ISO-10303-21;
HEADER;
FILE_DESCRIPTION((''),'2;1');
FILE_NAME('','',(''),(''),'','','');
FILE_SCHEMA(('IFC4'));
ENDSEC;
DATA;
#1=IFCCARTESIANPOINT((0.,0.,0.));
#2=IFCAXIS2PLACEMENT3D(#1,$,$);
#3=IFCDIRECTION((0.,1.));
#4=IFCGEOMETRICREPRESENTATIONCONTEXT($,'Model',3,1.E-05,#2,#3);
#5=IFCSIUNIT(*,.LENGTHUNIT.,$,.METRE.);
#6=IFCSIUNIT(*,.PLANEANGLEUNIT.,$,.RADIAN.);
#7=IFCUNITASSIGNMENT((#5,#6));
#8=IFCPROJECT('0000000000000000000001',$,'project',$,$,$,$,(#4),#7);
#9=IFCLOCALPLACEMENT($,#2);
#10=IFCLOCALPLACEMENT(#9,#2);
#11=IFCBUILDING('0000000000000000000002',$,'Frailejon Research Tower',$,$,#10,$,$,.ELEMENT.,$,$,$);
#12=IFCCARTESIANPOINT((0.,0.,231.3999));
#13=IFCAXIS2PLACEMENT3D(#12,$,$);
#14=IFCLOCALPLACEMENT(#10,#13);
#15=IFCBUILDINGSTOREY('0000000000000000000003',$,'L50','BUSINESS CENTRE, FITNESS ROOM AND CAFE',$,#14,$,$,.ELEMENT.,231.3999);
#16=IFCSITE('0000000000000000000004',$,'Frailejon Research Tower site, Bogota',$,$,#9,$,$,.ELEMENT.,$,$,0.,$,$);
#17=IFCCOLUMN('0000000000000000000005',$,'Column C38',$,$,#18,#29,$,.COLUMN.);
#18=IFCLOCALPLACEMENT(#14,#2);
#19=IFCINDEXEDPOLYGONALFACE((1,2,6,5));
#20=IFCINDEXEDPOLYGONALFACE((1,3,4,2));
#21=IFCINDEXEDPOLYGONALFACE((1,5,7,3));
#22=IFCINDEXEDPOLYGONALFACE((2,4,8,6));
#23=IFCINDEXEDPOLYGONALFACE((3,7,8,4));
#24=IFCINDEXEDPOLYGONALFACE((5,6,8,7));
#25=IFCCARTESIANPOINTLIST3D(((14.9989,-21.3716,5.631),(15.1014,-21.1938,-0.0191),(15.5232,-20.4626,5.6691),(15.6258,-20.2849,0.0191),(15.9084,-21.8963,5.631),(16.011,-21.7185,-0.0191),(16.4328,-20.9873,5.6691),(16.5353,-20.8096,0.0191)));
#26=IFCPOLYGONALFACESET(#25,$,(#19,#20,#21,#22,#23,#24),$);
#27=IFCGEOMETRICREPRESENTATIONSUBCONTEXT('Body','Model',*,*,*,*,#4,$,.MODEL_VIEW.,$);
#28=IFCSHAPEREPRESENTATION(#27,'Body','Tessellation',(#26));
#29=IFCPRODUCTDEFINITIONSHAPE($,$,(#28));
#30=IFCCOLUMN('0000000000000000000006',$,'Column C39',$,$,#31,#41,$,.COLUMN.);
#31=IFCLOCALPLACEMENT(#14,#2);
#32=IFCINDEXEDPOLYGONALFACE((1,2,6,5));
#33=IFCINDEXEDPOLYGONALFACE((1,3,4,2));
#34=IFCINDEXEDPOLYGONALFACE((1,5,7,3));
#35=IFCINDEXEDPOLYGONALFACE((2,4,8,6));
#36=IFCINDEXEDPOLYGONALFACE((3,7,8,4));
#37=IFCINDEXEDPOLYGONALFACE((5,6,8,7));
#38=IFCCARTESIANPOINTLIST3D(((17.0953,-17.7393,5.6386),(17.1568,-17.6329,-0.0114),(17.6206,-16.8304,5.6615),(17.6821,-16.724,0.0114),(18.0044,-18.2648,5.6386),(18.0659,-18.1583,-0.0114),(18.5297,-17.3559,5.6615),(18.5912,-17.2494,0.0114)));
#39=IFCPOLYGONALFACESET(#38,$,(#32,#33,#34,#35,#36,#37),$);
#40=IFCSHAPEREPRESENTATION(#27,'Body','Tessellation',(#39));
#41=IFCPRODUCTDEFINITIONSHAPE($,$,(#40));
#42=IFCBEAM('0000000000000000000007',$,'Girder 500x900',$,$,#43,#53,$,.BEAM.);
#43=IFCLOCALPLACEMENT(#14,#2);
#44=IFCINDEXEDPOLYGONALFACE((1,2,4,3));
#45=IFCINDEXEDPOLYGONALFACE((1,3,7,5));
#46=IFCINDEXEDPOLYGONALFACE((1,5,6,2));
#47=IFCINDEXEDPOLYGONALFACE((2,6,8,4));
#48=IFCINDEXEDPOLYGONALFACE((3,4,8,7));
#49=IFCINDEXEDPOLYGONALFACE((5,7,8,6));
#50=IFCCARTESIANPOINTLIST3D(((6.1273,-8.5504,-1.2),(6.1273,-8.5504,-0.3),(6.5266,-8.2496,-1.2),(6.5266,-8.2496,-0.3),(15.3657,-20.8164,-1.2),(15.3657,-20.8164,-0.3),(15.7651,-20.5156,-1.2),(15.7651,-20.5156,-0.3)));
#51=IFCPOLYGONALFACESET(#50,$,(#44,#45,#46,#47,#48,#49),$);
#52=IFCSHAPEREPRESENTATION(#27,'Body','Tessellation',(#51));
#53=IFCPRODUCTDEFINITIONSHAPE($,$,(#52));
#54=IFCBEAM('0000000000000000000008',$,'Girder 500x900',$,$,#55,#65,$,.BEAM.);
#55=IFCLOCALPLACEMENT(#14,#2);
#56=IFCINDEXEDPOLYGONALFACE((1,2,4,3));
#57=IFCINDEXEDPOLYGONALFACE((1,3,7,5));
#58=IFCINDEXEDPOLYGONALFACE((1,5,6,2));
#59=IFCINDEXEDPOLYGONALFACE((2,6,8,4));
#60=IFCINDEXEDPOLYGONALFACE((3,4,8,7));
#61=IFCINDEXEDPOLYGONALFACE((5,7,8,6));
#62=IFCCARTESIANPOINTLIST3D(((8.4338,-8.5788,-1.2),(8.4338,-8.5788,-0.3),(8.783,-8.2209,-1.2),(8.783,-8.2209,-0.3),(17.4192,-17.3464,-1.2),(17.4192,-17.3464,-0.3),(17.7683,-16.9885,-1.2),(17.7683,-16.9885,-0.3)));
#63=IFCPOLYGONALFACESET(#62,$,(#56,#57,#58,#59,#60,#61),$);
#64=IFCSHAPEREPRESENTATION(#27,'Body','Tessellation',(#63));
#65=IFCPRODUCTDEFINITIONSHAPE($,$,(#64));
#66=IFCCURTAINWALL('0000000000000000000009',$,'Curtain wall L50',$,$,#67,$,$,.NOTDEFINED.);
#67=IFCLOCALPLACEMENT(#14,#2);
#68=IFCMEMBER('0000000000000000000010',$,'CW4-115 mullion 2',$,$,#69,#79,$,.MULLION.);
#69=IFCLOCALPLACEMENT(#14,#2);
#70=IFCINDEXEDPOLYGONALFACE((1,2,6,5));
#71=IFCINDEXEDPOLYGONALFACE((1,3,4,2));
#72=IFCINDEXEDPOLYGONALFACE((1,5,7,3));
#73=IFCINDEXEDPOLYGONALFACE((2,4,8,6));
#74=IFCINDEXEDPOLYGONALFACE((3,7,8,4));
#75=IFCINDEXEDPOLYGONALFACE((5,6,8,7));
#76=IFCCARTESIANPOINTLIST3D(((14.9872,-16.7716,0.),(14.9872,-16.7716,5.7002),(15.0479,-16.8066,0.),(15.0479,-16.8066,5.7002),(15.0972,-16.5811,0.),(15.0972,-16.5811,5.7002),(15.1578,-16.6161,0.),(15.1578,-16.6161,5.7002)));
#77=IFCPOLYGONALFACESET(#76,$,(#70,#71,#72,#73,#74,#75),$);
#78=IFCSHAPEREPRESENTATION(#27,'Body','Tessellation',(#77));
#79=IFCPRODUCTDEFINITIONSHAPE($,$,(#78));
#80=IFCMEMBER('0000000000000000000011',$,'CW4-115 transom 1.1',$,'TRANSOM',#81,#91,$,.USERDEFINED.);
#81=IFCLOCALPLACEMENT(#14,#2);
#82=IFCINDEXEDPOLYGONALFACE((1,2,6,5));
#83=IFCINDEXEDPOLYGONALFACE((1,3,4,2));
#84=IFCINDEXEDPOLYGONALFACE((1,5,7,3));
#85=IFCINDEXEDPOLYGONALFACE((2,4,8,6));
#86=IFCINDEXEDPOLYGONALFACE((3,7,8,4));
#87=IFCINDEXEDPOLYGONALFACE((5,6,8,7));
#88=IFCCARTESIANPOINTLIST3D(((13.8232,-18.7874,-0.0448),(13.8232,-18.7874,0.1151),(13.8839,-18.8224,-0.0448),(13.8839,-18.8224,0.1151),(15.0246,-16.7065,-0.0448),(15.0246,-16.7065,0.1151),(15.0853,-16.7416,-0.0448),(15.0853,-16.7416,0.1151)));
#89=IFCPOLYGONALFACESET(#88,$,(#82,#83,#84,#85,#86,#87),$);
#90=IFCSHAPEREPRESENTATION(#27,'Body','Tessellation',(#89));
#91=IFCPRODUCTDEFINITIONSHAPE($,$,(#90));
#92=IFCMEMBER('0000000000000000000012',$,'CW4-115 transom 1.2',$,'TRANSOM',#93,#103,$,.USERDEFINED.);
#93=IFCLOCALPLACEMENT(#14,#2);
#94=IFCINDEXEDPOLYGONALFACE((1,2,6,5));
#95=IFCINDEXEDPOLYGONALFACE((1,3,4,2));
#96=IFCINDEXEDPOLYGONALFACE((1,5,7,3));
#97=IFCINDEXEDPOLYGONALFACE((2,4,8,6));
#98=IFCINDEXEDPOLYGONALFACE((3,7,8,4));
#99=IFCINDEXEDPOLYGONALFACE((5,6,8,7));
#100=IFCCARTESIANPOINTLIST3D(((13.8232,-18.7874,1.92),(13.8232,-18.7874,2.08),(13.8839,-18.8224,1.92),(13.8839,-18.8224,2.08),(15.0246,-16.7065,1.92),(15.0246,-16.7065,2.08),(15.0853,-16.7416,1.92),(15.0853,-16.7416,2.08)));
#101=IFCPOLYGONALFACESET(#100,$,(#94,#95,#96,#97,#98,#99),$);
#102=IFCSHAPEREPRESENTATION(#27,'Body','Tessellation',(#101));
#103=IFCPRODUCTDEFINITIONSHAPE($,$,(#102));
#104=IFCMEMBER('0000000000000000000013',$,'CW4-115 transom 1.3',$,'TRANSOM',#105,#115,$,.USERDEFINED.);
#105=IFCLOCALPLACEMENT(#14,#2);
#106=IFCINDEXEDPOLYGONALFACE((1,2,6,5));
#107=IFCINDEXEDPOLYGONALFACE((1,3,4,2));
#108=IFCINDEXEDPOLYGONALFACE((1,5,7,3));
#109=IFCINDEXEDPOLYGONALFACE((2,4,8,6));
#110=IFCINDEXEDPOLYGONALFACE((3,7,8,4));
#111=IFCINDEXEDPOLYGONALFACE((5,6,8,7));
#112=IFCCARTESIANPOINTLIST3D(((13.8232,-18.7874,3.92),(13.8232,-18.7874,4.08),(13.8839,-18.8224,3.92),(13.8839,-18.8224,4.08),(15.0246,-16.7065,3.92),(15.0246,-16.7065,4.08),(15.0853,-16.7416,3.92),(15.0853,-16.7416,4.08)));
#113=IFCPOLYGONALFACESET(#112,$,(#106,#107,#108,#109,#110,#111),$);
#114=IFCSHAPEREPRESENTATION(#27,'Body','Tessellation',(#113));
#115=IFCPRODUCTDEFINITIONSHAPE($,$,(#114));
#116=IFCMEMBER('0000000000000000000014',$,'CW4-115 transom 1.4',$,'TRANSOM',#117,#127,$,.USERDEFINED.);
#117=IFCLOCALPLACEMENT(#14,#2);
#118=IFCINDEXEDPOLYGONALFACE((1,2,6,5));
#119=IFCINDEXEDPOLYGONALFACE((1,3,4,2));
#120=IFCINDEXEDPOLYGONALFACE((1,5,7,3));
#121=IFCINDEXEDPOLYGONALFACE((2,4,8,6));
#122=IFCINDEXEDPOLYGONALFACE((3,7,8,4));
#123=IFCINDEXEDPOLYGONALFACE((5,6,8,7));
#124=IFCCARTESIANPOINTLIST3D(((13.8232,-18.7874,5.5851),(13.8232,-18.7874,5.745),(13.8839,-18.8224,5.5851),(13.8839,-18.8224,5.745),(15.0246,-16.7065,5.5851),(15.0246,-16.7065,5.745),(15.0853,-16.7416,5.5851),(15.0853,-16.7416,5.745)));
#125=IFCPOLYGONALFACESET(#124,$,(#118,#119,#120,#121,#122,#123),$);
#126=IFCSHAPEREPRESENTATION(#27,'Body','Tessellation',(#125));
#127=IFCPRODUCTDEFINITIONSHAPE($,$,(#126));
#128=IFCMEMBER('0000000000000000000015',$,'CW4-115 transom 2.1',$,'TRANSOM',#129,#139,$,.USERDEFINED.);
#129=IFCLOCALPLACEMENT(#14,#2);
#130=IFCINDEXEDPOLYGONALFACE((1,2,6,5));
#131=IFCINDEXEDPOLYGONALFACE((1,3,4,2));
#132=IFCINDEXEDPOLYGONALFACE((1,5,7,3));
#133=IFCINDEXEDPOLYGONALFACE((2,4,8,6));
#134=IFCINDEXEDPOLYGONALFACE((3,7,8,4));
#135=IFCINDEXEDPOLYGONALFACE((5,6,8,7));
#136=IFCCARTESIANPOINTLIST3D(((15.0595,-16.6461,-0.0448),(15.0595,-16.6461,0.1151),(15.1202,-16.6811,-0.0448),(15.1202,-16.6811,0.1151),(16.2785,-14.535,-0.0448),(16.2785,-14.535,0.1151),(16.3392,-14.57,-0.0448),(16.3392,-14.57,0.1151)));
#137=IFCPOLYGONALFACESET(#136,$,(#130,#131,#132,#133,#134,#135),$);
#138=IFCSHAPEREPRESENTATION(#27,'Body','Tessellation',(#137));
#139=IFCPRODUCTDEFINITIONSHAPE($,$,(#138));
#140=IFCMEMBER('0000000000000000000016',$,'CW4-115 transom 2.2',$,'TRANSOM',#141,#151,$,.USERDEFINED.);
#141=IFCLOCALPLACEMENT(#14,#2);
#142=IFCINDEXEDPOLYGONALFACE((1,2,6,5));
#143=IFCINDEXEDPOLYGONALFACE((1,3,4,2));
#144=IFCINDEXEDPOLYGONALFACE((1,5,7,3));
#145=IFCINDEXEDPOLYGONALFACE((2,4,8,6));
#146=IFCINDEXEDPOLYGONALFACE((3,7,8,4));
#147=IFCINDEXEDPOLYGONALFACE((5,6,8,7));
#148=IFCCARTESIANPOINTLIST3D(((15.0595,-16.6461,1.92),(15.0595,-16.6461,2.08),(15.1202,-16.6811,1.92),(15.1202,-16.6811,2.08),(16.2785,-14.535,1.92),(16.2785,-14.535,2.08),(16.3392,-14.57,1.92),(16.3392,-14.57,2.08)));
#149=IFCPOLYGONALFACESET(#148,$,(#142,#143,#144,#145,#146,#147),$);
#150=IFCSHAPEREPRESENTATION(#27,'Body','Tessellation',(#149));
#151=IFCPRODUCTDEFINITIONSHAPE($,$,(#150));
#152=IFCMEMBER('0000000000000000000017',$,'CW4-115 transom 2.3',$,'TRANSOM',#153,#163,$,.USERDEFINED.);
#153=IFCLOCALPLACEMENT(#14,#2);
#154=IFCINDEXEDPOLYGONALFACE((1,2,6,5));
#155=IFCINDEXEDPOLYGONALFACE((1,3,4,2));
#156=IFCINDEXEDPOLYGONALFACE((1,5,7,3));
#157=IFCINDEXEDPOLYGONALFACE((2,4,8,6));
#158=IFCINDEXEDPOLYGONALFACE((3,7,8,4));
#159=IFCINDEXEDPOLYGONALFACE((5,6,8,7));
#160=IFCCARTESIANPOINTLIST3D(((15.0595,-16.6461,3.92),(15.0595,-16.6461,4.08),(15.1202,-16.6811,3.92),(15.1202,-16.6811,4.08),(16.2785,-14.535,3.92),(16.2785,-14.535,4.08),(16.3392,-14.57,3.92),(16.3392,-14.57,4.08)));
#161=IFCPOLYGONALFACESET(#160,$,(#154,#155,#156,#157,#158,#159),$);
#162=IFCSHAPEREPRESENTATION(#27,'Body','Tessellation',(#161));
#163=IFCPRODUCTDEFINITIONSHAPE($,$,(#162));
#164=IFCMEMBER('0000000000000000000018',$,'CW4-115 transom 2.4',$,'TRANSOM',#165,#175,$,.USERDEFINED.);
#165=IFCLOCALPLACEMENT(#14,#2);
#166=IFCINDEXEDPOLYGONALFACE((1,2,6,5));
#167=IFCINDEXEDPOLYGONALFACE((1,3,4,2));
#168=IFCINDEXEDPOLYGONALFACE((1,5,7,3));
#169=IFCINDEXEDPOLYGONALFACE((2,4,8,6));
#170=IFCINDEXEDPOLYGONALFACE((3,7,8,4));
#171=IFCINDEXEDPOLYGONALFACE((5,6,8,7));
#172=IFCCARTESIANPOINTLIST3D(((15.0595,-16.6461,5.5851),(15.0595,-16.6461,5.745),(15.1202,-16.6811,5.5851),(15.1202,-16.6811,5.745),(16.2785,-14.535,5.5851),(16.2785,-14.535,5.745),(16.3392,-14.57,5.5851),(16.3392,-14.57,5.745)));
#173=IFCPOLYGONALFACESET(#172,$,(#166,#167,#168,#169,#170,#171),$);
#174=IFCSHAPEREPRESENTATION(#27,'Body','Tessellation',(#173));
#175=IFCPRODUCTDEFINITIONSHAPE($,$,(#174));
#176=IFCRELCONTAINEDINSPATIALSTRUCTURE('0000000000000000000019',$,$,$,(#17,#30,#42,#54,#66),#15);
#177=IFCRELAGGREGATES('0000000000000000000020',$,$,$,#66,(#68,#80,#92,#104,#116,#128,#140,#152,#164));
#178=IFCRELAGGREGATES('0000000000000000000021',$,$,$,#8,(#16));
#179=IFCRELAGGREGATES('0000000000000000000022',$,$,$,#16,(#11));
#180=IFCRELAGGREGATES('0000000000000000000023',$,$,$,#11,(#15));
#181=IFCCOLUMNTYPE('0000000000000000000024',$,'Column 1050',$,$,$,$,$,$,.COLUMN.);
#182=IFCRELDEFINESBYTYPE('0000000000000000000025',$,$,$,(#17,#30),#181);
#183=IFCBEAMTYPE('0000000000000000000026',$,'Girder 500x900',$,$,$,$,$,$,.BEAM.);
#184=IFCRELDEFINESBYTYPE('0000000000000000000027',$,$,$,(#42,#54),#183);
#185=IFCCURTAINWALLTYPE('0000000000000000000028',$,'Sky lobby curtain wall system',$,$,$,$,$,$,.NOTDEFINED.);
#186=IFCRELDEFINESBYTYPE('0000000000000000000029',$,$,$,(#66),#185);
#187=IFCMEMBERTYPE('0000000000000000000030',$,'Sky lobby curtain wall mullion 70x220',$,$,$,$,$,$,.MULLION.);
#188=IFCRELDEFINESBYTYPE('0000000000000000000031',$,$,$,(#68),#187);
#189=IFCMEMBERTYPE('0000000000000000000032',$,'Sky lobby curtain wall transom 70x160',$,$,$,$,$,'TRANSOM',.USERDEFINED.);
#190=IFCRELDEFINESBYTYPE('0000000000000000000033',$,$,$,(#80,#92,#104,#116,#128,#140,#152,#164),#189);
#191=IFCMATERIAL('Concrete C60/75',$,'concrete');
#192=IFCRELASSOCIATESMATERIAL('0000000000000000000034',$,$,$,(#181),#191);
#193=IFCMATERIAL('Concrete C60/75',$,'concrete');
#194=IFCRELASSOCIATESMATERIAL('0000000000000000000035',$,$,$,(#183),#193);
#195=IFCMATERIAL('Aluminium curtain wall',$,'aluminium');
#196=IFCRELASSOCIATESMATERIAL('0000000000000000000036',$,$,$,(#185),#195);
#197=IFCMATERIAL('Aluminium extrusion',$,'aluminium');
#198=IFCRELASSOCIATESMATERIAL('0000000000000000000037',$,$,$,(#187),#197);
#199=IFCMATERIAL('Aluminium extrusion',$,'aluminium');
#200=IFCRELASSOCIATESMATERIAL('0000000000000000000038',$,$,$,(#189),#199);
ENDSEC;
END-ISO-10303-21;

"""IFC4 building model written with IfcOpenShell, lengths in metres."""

from ifc_helpers import new_model, si_unit, direction, frame, origin, origin_2d, place, context, subcontext, project, spatial, rectangle, extrude, material, material_profile, profile_set, type_object, element, aggregate, save


model = new_model("IFC4")

# Units and contexts
model_context = context("Model", 3, precision=1e-05, world=origin(), true_north=direction((0.0, 1.0)))
body_context = subcontext(model_context, "Body", "Model", "MODEL_VIEW")
ifc_project = project(units=[si_unit("LENGTHUNIT", "METRE"), si_unit("PLANEANGLEUNIT", "RADIAN")], contexts=[model_context])

# Site, building, storey
site_placement = place(None, origin())
site = spatial("IfcSite", under=ifc_project, at=site_placement, Name="Frailejon Research Tower site, Bogota", CompositionType="ELEMENT", RefElevation=0.0)
building_placement = place(site_placement, origin())
building = spatial("IfcBuilding", under=site, at=building_placement, Name="Frailejon Research Tower", CompositionType="ELEMENT")
storey_placement = place(building_placement, frame((0.0, 0.0, 231.3999)))
storey = spatial("IfcBuildingStorey", under=building, at=storey_placement, Name="L50", Description="BUSINESS CENTRE, FITNESS ROOM AND CAFE", CompositionType="ELEMENT", Elevation=231.3999)

# Columns
ifc_material_1 = material(Name="Concrete C60/75", Category="concrete")
ifc_material_profile_1 = material_profile(ifc_material_1, rectangle(XDim=1.05, YDim=1.05, at=origin_2d()), Name="Column 1050")
ifc_profile_set_1 = profile_set([ifc_material_profile_1], Name="Concrete C60/75")
column_type = type_object("IfcColumnType", Name="Column 1050", PredefinedType="COLUMN", material=ifc_profile_set_1)
column_1_placement = place(storey_placement, frame((15.8184, -21.0017, 0.0), z_axis=(-0.018136, -0.031436, 0.999341), x_axis=(0.499352, 0.865639, 0.036292)))
element("IfcColumn", 1, at=column_1_placement, inside=storey, type_object=column_type, Name="Column C38", PredefinedType="COLUMN", context=body_context, shape_type="SweptSolid", body=[
    extrude(rectangle(XDim=1.05, YDim=1.05, at=origin_2d()), origin(), (0.0, 0.0, 1.0), 5.6538),
])
column_2_placement = place(storey_placement, frame((17.874, -17.4412, 0.0), z_axis=(-0.010886, -0.018835, 0.999763), x_axis=(0.500282, 0.865589, 0.021755)))
element("IfcColumn", 2, at=column_2_placement, inside=storey, type_object=column_type, Name="Column C39", PredefinedType="COLUMN", context=body_context, shape_type="SweptSolid", body=[
    extrude(rectangle(XDim=1.05, YDim=1.05, at=origin_2d()), origin(), (0.0, 0.0, 1.0), 5.6514),
])

# Beams
ifc_material_2 = material(Name="Concrete C60/75", Category="concrete")
ifc_material_profile_2 = material_profile(ifc_material_2, rectangle(XDim=0.5, YDim=0.8999, at=origin_2d()), Name="Girder 500x900")
ifc_profile_set_2 = profile_set([ifc_material_profile_2], Name="Concrete C60/75")
beam_type_1 = type_object("IfcBeamType", Name="Girder 500x900", PredefinedType="BEAM", material=ifc_profile_set_2)
beam_1_placement = place(storey_placement, frame((15.5654, -20.666, -0.75), z_axis=(-0.601622, 0.798781, 0.0), x_axis=(-0.798781, -0.601622, 0.0)))
element("IfcBeam", 3, at=beam_1_placement, inside=storey, type_object=beam_type_1, Name="Girder 500x900", PredefinedType="BEAM", context=body_context, shape_type="SweptSolid", body=[
    extrude(rectangle(XDim=0.5, YDim=0.8999, at=origin_2d()), origin(), (0.0, 0.0, 1.0), 15.356),
])
beam_2_placement = place(storey_placement, frame((17.5938, -17.1675, -0.75), z_axis=(-0.715727, 0.69838, 0.0), x_axis=(-0.69838, -0.715727, 0.0)))
element("IfcBeam", 4, at=beam_2_placement, inside=storey, type_object=beam_type_1, Name="Girder 500x900", PredefinedType="BEAM", context=body_context, shape_type="SweptSolid", body=[
    extrude(rectangle(XDim=0.5, YDim=0.8999, at=origin_2d()), origin(), (0.0, 0.0, 1.0), 12.5542),
])

# Curtain wall, members
ifc_material_3 = material(Name="Aluminium curtain wall", Category="aluminium")
curtain_wall_type = type_object("IfcCurtainWallType", Name="Sky lobby curtain wall system", PredefinedType="NOTDEFINED", material=ifc_material_3)
curtain_wall_placement = place(storey_placement, origin())
curtain_wall = element("IfcCurtainWall", 5, at=curtain_wall_placement, inside=storey, type_object=curtain_wall_type, Name="Curtain wall L50", PredefinedType="NOTDEFINED")
ifc_material_4 = material(Name="Aluminium extrusion", Category="aluminium")
ifc_material_profile_3 = material_profile(ifc_material_4, rectangle(XDim=0.0701, YDim=0.22, at=origin_2d()), Name="Sky lobby curtain wall mullion 70x220")
ifc_profile_set_3 = profile_set([ifc_material_profile_3], Name="Aluminium extrusion")
member_type_1 = type_object("IfcMemberType", Name="Sky lobby curtain wall mullion 70x220", PredefinedType="MULLION", material=ifc_profile_set_3)
member_1_placement = place(storey_placement, frame((15.0725, -16.6938, 0.0), z_axis=(0.0, 0.0, 1.0), x_axis=(-0.866025, 0.500001, 0.0)))
member_1 = element("IfcMember", 6, at=member_1_placement, type_object=member_type_1, Name="CW4-115 mullion 2", PredefinedType="MULLION", context=body_context, shape_type="SweptSolid", body=[
    extrude(rectangle(XDim=0.0701, YDim=0.22, at=origin_2d()), origin(), (0.0, 0.0, 1.0), 5.7002),
])
ifc_material_5 = material(Name="Aluminium extrusion", Category="aluminium")
ifc_material_profile_4 = material_profile(ifc_material_5, rectangle(XDim=0.0701, YDim=0.1599, at=origin_2d()), Name="Sky lobby curtain wall transom 70x160")
ifc_profile_set_4 = profile_set([ifc_material_profile_4], Name="Aluminium extrusion")
member_type_2 = type_object("IfcMemberType", Name="Sky lobby curtain wall transom 70x160", ElementType="TRANSOM", PredefinedType="USERDEFINED", material=ifc_profile_set_4)
member_2_placement = place(storey_placement, frame((13.8535, -18.8049, 0.0352), z_axis=(0.500019, 0.866015, 0.0), x_axis=(-0.866015, 0.500019, 0.0)))
member_2 = element("IfcMember", 7, at=member_2_placement, type_object=member_type_2, Name="CW4-115 transom 1.1", ObjectType="TRANSOM", PredefinedType="USERDEFINED", context=body_context, shape_type="SweptSolid", body=[
    extrude(rectangle(XDim=0.0701, YDim=0.1599, at=origin_2d()), origin(), (0.0, 0.0, 1.0), 2.4028),
])
member_3_placement = place(storey_placement, frame((13.8535, -18.8049, 2.0), z_axis=(0.500019, 0.866015, 0.0), x_axis=(-0.866015, 0.500019, 0.0)))
member_3 = element("IfcMember", 8, at=member_3_placement, type_object=member_type_2, Name="CW4-115 transom 1.2", ObjectType="TRANSOM", PredefinedType="USERDEFINED", context=body_context, shape_type="SweptSolid", body=[
    extrude(rectangle(XDim=0.0701, YDim=0.1599, at=origin_2d()), origin(), (0.0, 0.0, 1.0), 2.4028),
])
member_4_placement = place(storey_placement, frame((13.8535, -18.8049, 4.0), z_axis=(0.500019, 0.866015, 0.0), x_axis=(-0.866015, 0.500019, 0.0)))
member_4 = element("IfcMember", 9, at=member_4_placement, type_object=member_type_2, Name="CW4-115 transom 1.3", ObjectType="TRANSOM", PredefinedType="USERDEFINED", context=body_context, shape_type="SweptSolid", body=[
    extrude(rectangle(XDim=0.0701, YDim=0.1599, at=origin_2d()), origin(), (0.0, 0.0, 1.0), 2.4028),
])
member_5_placement = place(storey_placement, frame((13.8535, -18.8049, 5.665), z_axis=(0.500019, 0.866015, 0.0), x_axis=(-0.866015, 0.500019, 0.0)))
member_5 = element("IfcMember", 10, at=member_5_placement, type_object=member_type_2, Name="CW4-115 transom 1.4", ObjectType="TRANSOM", PredefinedType="USERDEFINED", context=body_context, shape_type="SweptSolid", body=[
    extrude(rectangle(XDim=0.0701, YDim=0.1599, at=origin_2d()), origin(), (0.0, 0.0, 1.0), 2.4028),
])
member_6_placement = place(storey_placement, frame((15.0898, -16.6636, 0.0352), z_axis=(0.500049, 0.865997, 0.0), x_axis=(-0.865997, 0.500049, 0.0)))
member_6 = element("IfcMember", 11, at=member_6_placement, type_object=member_type_2, Name="CW4-115 transom 2.1", ObjectType="TRANSOM", PredefinedType="USERDEFINED", context=body_context, shape_type="SweptSolid", body=[
    extrude(rectangle(XDim=0.0701, YDim=0.1599, at=origin_2d()), origin(), (0.0, 0.0, 1.0), 2.4377),
])
member_7_placement = place(storey_placement, frame((15.0898, -16.6636, 2.0), z_axis=(0.500049, 0.865997, 0.0), x_axis=(-0.865997, 0.500049, 0.0)))
member_7 = element("IfcMember", 12, at=member_7_placement, type_object=member_type_2, Name="CW4-115 transom 2.2", ObjectType="TRANSOM", PredefinedType="USERDEFINED", context=body_context, shape_type="SweptSolid", body=[
    extrude(rectangle(XDim=0.0701, YDim=0.1599, at=origin_2d()), origin(), (0.0, 0.0, 1.0), 2.4377),
])
member_8_placement = place(storey_placement, frame((15.0898, -16.6636, 4.0), z_axis=(0.500049, 0.865997, 0.0), x_axis=(-0.865997, 0.500049, 0.0)))
member_8 = element("IfcMember", 13, at=member_8_placement, type_object=member_type_2, Name="CW4-115 transom 2.3", ObjectType="TRANSOM", PredefinedType="USERDEFINED", context=body_context, shape_type="SweptSolid", body=[
    extrude(rectangle(XDim=0.0701, YDim=0.1599, at=origin_2d()), origin(), (0.0, 0.0, 1.0), 2.4377),
])
member_9_placement = place(storey_placement, frame((15.0898, -16.6636, 5.665), z_axis=(0.500049, 0.865997, 0.0), x_axis=(-0.865997, 0.500049, 0.0)))
member_9 = element("IfcMember", 14, at=member_9_placement, type_object=member_type_2, Name="CW4-115 transom 2.4", ObjectType="TRANSOM", PredefinedType="USERDEFINED", context=body_context, shape_type="SweptSolid", body=[
    extrude(rectangle(XDim=0.0701, YDim=0.1599, at=origin_2d()), origin(), (0.0, 0.0, 1.0), 2.4377),
])

aggregate(curtain_wall, [member_1, member_2, member_3, member_4, member_5, member_6, member_7, member_8, member_9])

save(model, "model.ifc")
